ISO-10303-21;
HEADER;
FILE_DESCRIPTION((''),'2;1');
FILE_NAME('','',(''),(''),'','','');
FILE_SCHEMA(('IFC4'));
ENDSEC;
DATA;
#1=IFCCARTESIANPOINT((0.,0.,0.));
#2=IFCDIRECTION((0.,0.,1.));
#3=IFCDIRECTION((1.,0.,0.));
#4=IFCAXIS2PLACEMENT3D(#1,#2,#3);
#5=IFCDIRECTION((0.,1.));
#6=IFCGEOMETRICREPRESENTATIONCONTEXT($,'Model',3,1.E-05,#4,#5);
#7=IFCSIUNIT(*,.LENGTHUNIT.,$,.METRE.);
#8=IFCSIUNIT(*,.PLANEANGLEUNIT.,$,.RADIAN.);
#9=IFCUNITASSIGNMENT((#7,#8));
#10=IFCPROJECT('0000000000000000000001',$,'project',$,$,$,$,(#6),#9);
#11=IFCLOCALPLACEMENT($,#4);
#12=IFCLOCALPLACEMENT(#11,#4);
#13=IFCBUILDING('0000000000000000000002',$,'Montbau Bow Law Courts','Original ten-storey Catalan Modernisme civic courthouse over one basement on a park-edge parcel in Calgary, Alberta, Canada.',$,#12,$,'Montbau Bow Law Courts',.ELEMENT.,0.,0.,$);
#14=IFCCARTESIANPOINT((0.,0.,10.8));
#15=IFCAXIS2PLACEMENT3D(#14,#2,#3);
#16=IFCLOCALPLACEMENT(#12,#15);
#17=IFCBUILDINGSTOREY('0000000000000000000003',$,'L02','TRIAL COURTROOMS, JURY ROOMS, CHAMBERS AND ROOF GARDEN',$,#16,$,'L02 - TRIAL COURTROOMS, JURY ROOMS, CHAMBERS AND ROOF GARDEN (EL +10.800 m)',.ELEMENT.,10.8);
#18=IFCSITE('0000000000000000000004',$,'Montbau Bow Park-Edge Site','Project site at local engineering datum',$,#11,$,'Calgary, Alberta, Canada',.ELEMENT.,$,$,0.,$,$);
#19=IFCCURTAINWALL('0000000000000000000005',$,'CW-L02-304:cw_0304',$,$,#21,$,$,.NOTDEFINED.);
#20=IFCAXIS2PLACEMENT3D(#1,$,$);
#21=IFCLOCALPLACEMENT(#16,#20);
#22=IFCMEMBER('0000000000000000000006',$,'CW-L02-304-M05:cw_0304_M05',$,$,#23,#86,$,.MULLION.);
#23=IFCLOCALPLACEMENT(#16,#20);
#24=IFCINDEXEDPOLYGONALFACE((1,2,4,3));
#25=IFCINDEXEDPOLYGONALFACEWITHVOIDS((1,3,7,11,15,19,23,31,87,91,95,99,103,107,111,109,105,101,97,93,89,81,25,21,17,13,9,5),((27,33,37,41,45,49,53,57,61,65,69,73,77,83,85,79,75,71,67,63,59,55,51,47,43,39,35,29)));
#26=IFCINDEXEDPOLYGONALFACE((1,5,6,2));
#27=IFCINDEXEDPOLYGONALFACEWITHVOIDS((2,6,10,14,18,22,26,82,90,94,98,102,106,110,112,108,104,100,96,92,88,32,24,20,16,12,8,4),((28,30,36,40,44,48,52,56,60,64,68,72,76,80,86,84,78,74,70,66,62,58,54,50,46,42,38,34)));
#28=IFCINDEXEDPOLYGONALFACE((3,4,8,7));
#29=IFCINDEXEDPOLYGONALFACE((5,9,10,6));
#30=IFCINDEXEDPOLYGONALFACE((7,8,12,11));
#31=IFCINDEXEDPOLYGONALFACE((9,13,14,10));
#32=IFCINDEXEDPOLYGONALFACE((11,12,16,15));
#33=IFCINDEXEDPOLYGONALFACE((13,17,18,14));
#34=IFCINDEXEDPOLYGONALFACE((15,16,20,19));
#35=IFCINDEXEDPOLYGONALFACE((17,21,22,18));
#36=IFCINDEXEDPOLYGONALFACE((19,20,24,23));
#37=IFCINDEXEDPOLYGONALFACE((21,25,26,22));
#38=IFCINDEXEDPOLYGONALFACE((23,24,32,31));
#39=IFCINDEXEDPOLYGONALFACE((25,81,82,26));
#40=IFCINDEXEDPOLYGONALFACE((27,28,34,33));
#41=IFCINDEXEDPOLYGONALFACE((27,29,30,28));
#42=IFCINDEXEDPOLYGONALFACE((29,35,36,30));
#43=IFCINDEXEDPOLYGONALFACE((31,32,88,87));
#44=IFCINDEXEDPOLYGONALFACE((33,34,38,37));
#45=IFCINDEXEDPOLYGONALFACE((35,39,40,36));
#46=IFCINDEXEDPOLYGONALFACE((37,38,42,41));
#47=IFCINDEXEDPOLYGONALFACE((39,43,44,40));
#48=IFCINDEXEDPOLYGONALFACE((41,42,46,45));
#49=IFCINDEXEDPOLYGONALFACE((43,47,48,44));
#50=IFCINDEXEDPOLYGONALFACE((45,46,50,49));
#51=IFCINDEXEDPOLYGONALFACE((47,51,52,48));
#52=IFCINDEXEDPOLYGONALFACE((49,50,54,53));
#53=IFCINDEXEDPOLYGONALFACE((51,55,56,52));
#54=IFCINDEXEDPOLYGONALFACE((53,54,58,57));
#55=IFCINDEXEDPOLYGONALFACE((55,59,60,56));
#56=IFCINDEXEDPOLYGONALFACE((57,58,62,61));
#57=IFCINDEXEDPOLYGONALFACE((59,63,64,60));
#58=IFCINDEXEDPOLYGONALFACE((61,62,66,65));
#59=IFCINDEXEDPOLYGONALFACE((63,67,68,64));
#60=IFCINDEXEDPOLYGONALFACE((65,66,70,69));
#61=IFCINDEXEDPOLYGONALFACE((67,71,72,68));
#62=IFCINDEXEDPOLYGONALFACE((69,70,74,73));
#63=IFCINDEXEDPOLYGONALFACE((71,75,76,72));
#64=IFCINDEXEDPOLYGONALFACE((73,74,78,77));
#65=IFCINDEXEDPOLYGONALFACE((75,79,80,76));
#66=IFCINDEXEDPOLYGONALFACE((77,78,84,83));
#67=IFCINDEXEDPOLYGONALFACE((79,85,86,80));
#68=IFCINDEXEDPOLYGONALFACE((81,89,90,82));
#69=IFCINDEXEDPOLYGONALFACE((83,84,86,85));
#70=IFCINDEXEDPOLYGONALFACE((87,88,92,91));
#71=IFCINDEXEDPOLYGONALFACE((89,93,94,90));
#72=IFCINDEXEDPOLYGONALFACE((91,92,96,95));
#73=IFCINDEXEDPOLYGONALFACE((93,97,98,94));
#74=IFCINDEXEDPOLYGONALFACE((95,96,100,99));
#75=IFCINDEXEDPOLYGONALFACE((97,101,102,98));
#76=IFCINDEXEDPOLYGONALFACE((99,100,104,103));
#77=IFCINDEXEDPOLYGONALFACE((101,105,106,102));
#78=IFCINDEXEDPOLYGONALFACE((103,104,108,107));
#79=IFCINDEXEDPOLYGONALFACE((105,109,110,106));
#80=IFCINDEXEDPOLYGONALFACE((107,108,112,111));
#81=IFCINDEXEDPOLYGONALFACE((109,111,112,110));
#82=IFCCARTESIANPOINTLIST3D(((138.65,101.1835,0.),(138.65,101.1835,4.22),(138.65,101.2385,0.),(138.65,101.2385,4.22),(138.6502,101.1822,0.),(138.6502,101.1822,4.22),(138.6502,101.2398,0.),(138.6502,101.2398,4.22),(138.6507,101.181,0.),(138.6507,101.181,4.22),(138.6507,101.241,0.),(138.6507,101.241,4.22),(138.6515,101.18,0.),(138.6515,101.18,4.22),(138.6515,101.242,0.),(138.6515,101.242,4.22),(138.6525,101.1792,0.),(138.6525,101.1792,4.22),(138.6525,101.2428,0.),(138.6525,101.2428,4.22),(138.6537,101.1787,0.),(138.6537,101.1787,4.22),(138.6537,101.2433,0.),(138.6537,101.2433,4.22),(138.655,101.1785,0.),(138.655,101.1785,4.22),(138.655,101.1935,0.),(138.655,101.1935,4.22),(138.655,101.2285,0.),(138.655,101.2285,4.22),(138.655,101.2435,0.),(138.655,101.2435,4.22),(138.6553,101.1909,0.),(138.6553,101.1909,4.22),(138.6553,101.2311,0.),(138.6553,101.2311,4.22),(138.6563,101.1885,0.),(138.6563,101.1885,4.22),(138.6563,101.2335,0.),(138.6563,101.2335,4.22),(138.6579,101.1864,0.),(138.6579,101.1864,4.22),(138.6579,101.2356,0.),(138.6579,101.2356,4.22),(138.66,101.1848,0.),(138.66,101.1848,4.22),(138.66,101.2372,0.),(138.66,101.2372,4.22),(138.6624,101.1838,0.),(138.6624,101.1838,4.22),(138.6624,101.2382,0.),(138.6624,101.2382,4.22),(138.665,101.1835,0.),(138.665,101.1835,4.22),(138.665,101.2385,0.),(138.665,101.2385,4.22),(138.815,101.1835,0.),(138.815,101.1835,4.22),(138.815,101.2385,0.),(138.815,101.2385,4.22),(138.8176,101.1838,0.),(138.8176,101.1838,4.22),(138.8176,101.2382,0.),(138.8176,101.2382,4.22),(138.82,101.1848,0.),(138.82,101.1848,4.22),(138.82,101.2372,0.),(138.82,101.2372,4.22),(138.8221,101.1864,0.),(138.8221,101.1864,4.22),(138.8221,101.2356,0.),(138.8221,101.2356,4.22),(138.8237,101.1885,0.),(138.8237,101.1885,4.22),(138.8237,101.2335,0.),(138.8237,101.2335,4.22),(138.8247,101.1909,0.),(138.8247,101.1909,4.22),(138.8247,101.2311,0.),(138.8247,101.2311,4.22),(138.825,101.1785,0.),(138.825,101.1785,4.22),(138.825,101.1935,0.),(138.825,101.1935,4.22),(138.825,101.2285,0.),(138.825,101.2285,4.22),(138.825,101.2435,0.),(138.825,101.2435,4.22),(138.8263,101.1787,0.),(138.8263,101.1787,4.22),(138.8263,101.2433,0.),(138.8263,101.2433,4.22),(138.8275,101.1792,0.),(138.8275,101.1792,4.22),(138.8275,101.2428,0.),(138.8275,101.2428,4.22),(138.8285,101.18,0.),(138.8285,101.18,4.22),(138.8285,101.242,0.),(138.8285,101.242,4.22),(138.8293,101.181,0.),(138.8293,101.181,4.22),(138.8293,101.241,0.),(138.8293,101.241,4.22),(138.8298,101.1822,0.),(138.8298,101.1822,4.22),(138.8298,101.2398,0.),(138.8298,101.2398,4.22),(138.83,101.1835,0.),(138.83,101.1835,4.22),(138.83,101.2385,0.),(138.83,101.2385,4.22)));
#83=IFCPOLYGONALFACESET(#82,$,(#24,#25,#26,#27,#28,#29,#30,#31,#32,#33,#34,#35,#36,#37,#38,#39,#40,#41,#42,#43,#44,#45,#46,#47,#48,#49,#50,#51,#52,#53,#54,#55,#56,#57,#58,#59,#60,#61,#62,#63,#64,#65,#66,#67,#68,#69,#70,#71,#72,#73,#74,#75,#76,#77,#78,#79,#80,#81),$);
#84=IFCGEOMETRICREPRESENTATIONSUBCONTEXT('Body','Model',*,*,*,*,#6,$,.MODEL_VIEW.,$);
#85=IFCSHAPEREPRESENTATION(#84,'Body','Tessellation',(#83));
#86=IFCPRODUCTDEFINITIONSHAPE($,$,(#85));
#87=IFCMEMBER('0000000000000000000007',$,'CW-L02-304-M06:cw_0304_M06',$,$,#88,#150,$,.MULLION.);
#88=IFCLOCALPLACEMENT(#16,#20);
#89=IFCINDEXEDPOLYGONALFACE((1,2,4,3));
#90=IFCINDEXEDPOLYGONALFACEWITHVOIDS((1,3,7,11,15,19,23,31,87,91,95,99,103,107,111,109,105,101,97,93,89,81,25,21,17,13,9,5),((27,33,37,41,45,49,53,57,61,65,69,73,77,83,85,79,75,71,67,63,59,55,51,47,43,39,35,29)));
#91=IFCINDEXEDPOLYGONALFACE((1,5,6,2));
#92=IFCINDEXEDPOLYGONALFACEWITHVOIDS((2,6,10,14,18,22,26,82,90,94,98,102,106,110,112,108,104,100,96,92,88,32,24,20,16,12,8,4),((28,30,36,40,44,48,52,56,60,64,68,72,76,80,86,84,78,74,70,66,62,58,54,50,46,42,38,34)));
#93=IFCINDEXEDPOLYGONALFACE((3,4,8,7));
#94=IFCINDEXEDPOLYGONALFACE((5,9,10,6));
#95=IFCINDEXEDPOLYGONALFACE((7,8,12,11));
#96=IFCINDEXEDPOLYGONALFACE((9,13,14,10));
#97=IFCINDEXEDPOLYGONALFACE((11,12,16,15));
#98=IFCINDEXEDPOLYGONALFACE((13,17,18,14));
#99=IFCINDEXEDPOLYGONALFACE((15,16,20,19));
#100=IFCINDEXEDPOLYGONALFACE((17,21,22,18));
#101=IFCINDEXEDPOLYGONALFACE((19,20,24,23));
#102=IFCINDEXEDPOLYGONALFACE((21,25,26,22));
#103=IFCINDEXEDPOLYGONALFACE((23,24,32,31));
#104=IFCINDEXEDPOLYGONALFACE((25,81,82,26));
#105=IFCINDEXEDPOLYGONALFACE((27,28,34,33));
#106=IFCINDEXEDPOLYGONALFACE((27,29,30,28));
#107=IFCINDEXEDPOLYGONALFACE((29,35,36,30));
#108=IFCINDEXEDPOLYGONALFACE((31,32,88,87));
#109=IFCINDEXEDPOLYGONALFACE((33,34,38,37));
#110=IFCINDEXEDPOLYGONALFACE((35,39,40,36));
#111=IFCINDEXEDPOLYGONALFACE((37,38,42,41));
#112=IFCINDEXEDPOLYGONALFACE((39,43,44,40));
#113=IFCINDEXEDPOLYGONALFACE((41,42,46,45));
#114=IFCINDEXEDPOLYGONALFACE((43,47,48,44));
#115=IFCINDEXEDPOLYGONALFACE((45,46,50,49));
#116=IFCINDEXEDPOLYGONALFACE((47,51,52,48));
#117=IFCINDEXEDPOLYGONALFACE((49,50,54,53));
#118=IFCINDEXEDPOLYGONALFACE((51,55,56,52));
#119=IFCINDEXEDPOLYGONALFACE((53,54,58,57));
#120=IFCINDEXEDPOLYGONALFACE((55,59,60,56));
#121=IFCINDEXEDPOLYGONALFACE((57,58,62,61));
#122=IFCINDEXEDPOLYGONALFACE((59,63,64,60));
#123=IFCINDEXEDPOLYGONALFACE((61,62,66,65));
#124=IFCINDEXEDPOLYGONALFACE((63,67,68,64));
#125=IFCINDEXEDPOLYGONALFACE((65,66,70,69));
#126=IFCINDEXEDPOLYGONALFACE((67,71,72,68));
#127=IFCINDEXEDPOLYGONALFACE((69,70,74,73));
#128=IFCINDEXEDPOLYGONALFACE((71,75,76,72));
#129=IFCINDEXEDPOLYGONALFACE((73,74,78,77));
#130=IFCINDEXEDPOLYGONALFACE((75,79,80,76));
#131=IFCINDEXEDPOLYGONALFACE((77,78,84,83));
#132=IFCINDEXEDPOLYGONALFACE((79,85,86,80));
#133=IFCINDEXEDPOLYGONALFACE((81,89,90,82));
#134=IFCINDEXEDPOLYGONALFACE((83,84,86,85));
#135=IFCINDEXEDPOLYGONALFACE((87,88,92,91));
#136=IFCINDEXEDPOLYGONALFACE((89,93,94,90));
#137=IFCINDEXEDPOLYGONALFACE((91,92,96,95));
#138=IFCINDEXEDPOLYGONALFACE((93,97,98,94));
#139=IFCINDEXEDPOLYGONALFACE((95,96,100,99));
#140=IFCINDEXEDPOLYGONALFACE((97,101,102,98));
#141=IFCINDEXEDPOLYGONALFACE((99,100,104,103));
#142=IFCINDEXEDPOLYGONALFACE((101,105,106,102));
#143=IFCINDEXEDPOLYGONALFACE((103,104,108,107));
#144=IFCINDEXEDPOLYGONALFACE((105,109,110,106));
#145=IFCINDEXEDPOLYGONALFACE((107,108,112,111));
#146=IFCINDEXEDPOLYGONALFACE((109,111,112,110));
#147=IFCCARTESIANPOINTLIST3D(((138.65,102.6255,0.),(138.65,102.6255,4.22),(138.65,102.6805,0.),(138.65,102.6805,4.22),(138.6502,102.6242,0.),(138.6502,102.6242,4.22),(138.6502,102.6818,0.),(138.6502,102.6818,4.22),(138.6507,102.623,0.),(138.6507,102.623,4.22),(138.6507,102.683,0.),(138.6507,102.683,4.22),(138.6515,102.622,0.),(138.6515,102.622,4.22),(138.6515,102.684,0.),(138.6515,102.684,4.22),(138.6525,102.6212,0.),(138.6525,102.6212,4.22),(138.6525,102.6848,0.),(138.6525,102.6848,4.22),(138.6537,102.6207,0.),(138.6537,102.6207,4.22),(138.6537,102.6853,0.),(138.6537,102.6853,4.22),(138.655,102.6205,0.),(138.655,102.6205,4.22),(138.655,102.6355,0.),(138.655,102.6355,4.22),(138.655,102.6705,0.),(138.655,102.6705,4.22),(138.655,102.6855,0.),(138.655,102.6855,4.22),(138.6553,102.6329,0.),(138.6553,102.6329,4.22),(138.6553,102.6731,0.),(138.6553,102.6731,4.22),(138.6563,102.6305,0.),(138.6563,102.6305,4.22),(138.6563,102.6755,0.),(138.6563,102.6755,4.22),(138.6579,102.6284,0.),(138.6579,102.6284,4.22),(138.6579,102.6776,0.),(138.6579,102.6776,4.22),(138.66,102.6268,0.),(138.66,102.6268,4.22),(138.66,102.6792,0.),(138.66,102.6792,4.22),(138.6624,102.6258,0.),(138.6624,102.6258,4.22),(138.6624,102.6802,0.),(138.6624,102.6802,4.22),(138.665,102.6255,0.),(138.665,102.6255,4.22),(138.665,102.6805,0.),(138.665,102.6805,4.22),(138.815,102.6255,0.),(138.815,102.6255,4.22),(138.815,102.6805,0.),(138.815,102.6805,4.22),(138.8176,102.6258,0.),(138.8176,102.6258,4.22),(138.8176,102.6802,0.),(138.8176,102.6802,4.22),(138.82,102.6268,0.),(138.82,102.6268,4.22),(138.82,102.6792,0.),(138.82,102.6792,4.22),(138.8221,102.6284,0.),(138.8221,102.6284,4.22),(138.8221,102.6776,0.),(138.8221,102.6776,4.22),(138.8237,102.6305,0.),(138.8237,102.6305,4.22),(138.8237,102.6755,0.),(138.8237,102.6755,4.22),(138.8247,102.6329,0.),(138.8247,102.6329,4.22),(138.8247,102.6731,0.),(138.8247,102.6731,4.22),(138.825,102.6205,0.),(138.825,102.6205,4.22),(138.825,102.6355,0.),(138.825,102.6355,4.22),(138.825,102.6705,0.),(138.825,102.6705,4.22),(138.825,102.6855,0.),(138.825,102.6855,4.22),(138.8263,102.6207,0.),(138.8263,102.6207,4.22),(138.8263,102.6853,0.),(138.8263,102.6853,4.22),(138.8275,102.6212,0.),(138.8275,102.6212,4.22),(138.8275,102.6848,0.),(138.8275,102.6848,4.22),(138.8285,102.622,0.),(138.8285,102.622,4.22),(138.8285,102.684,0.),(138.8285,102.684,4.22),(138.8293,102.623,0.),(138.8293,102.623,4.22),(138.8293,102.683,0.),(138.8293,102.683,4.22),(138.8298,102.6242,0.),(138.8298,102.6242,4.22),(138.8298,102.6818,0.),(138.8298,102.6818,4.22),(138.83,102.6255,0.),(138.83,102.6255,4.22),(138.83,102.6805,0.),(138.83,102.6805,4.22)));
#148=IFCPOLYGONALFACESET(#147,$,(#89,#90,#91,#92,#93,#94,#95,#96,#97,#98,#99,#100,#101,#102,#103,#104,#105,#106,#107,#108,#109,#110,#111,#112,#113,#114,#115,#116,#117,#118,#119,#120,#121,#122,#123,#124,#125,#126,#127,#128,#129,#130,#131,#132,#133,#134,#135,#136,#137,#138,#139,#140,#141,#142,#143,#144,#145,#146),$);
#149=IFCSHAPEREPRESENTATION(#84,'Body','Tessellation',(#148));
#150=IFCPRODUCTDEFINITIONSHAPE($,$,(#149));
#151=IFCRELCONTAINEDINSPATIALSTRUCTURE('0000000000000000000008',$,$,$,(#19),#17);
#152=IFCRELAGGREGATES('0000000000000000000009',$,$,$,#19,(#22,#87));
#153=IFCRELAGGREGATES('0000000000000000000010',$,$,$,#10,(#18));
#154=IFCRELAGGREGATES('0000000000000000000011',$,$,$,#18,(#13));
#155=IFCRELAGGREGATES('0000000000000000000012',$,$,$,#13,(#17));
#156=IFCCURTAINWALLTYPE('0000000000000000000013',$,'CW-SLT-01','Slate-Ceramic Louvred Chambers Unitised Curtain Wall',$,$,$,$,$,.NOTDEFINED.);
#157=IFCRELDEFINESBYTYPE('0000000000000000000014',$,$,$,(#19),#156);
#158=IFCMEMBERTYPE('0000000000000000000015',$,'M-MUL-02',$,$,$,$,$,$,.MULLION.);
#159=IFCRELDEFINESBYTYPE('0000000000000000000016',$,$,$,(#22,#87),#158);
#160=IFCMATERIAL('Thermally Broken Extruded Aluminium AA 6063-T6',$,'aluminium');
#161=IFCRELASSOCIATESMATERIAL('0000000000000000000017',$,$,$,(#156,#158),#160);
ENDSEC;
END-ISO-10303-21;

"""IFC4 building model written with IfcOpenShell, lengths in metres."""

from ifc_helpers import new_model, si_unit, direction, frame, origin_with_axes, origin_2d_with_axis, place, context, subcontext, project, spatial, hollow_rectangle, extrude, material, material_profile, profile_set, type_object, element, aggregate, save


model = new_model("IFC4")

# Units and contexts
model_context = context("Model", 3, precision=1e-05, world=origin_with_axes(), true_north=direction((0.0, 1.0)))
body_context = subcontext(model_context, "Body", "Model", "MODEL_VIEW")
ifc_project = project(units=[si_unit("LENGTHUNIT", "METRE"), si_unit("PLANEANGLEUNIT", "RADIAN")], contexts=[model_context])

# Site, building, storey
site_placement = place(None, origin_with_axes())
site = spatial("IfcSite", under=ifc_project, at=site_placement, Name="Montbau Bow Park-Edge Site", Description="Project site at local engineering datum", LongName="Calgary, Alberta, Canada", CompositionType="ELEMENT", RefElevation=0.0)
building_placement = place(site_placement, origin_with_axes())
building = spatial("IfcBuilding", under=site, at=building_placement, Name="Montbau Bow Law Courts", Description="Original ten-storey Catalan Modernisme civic courthouse over one basement on a park-edge parcel in Calgary, Alberta, Canada.", LongName="Montbau Bow Law Courts", CompositionType="ELEMENT", ElevationOfRefHeight=0.0, ElevationOfTerrain=0.0)
storey_placement = place(building_placement, frame((0.0, 0.0, 10.8), z_axis=(0.0, 0.0, 1.0), x_axis=(1.0, 0.0, 0.0)))
storey = spatial("IfcBuildingStorey", under=building, at=storey_placement, Name="L02", Description="TRIAL COURTROOMS, JURY ROOMS, CHAMBERS AND ROOF GARDEN", LongName="L02 - TRIAL COURTROOMS, JURY ROOMS, CHAMBERS AND ROOF GARDEN (EL +10.800 m)", CompositionType="ELEMENT", Elevation=10.8)

# Shared definitions
ifc_material_1 = material(Name="Thermally Broken Extruded Aluminium AA 6063-T6", Category="aluminium")
curtain_wall_type = type_object("IfcCurtainWallType", Name="CW-SLT-01", Description="Slate-Ceramic Louvred Chambers Unitised Curtain Wall", PredefinedType="NOTDEFINED", material=ifc_material_1)

# Curtain wall, members
curtain_wall_1_placement = place(None, frame((138.74, 95.315, 10.8), z_axis=(0.0, 0.0, 1.0), x_axis=(1.0, 0.0, 0.0)))
curtain_wall_1 = element("IfcCurtainWall", 1, at=curtain_wall_1_placement, inside=storey, type_object=curtain_wall_type, Name="CW-L02-304:cw_0304", PredefinedType="NOTDEFINED")
ifc_material_profile_1 = material_profile(ifc_material_1, hollow_rectangle(XDim=0.065, YDim=0.18, WallThickness=0.005, InnerFilletRadius=0.01, OuterFilletRadius=0.005, at=origin_2d_with_axis()), Name="CWM-180X65", Category="Main", Priority=0)
ifc_profile_set_1 = profile_set([ifc_material_profile_1], Name="Thermally Broken Extruded Aluminium AA 6063-T6")
member_type_1 = type_object("IfcMemberType", Name="M-MUL-02", PredefinedType="MULLION", material=ifc_profile_set_1)
member_1_placement = place(None, frame((138.74, 101.211, 10.8), z_axis=(0.0, 0.0, 1.0), x_axis=(0.0, 1.0, 0.0)))
member_1 = element("IfcMember", 2, at=member_1_placement, type_object=member_type_1, Name="CW-L02-304-M05:cw_0304_M05", PredefinedType="MULLION", context=body_context, shape_type="SweptSolid", body=[
    extrude(hollow_rectangle(XDim=0.065, YDim=0.18, WallThickness=0.005, InnerFilletRadius=0.01, OuterFilletRadius=0.005, at=origin_2d_with_axis()), origin_with_axes(), (0.0, 0.0, 1.0), 4.22),
])
member_2_placement = place(None, frame((138.74, 102.653, 10.8), z_axis=(0.0, 0.0, 1.0), x_axis=(0.0, 1.0, 0.0)))
member_2 = element("IfcMember", 3, at=member_2_placement, type_object=member_type_1, Name="CW-L02-304-M06:cw_0304_M06", PredefinedType="MULLION", context=body_context, shape_type="SweptSolid", body=[
    extrude(hollow_rectangle(XDim=0.065, YDim=0.18, WallThickness=0.005, InnerFilletRadius=0.01, OuterFilletRadius=0.005, at=origin_2d_with_axis()), origin_with_axes(), (0.0, 0.0, 1.0), 4.22),
])

aggregate(curtain_wall_1, [member_1, member_2])

save(model, "model.ifc")
